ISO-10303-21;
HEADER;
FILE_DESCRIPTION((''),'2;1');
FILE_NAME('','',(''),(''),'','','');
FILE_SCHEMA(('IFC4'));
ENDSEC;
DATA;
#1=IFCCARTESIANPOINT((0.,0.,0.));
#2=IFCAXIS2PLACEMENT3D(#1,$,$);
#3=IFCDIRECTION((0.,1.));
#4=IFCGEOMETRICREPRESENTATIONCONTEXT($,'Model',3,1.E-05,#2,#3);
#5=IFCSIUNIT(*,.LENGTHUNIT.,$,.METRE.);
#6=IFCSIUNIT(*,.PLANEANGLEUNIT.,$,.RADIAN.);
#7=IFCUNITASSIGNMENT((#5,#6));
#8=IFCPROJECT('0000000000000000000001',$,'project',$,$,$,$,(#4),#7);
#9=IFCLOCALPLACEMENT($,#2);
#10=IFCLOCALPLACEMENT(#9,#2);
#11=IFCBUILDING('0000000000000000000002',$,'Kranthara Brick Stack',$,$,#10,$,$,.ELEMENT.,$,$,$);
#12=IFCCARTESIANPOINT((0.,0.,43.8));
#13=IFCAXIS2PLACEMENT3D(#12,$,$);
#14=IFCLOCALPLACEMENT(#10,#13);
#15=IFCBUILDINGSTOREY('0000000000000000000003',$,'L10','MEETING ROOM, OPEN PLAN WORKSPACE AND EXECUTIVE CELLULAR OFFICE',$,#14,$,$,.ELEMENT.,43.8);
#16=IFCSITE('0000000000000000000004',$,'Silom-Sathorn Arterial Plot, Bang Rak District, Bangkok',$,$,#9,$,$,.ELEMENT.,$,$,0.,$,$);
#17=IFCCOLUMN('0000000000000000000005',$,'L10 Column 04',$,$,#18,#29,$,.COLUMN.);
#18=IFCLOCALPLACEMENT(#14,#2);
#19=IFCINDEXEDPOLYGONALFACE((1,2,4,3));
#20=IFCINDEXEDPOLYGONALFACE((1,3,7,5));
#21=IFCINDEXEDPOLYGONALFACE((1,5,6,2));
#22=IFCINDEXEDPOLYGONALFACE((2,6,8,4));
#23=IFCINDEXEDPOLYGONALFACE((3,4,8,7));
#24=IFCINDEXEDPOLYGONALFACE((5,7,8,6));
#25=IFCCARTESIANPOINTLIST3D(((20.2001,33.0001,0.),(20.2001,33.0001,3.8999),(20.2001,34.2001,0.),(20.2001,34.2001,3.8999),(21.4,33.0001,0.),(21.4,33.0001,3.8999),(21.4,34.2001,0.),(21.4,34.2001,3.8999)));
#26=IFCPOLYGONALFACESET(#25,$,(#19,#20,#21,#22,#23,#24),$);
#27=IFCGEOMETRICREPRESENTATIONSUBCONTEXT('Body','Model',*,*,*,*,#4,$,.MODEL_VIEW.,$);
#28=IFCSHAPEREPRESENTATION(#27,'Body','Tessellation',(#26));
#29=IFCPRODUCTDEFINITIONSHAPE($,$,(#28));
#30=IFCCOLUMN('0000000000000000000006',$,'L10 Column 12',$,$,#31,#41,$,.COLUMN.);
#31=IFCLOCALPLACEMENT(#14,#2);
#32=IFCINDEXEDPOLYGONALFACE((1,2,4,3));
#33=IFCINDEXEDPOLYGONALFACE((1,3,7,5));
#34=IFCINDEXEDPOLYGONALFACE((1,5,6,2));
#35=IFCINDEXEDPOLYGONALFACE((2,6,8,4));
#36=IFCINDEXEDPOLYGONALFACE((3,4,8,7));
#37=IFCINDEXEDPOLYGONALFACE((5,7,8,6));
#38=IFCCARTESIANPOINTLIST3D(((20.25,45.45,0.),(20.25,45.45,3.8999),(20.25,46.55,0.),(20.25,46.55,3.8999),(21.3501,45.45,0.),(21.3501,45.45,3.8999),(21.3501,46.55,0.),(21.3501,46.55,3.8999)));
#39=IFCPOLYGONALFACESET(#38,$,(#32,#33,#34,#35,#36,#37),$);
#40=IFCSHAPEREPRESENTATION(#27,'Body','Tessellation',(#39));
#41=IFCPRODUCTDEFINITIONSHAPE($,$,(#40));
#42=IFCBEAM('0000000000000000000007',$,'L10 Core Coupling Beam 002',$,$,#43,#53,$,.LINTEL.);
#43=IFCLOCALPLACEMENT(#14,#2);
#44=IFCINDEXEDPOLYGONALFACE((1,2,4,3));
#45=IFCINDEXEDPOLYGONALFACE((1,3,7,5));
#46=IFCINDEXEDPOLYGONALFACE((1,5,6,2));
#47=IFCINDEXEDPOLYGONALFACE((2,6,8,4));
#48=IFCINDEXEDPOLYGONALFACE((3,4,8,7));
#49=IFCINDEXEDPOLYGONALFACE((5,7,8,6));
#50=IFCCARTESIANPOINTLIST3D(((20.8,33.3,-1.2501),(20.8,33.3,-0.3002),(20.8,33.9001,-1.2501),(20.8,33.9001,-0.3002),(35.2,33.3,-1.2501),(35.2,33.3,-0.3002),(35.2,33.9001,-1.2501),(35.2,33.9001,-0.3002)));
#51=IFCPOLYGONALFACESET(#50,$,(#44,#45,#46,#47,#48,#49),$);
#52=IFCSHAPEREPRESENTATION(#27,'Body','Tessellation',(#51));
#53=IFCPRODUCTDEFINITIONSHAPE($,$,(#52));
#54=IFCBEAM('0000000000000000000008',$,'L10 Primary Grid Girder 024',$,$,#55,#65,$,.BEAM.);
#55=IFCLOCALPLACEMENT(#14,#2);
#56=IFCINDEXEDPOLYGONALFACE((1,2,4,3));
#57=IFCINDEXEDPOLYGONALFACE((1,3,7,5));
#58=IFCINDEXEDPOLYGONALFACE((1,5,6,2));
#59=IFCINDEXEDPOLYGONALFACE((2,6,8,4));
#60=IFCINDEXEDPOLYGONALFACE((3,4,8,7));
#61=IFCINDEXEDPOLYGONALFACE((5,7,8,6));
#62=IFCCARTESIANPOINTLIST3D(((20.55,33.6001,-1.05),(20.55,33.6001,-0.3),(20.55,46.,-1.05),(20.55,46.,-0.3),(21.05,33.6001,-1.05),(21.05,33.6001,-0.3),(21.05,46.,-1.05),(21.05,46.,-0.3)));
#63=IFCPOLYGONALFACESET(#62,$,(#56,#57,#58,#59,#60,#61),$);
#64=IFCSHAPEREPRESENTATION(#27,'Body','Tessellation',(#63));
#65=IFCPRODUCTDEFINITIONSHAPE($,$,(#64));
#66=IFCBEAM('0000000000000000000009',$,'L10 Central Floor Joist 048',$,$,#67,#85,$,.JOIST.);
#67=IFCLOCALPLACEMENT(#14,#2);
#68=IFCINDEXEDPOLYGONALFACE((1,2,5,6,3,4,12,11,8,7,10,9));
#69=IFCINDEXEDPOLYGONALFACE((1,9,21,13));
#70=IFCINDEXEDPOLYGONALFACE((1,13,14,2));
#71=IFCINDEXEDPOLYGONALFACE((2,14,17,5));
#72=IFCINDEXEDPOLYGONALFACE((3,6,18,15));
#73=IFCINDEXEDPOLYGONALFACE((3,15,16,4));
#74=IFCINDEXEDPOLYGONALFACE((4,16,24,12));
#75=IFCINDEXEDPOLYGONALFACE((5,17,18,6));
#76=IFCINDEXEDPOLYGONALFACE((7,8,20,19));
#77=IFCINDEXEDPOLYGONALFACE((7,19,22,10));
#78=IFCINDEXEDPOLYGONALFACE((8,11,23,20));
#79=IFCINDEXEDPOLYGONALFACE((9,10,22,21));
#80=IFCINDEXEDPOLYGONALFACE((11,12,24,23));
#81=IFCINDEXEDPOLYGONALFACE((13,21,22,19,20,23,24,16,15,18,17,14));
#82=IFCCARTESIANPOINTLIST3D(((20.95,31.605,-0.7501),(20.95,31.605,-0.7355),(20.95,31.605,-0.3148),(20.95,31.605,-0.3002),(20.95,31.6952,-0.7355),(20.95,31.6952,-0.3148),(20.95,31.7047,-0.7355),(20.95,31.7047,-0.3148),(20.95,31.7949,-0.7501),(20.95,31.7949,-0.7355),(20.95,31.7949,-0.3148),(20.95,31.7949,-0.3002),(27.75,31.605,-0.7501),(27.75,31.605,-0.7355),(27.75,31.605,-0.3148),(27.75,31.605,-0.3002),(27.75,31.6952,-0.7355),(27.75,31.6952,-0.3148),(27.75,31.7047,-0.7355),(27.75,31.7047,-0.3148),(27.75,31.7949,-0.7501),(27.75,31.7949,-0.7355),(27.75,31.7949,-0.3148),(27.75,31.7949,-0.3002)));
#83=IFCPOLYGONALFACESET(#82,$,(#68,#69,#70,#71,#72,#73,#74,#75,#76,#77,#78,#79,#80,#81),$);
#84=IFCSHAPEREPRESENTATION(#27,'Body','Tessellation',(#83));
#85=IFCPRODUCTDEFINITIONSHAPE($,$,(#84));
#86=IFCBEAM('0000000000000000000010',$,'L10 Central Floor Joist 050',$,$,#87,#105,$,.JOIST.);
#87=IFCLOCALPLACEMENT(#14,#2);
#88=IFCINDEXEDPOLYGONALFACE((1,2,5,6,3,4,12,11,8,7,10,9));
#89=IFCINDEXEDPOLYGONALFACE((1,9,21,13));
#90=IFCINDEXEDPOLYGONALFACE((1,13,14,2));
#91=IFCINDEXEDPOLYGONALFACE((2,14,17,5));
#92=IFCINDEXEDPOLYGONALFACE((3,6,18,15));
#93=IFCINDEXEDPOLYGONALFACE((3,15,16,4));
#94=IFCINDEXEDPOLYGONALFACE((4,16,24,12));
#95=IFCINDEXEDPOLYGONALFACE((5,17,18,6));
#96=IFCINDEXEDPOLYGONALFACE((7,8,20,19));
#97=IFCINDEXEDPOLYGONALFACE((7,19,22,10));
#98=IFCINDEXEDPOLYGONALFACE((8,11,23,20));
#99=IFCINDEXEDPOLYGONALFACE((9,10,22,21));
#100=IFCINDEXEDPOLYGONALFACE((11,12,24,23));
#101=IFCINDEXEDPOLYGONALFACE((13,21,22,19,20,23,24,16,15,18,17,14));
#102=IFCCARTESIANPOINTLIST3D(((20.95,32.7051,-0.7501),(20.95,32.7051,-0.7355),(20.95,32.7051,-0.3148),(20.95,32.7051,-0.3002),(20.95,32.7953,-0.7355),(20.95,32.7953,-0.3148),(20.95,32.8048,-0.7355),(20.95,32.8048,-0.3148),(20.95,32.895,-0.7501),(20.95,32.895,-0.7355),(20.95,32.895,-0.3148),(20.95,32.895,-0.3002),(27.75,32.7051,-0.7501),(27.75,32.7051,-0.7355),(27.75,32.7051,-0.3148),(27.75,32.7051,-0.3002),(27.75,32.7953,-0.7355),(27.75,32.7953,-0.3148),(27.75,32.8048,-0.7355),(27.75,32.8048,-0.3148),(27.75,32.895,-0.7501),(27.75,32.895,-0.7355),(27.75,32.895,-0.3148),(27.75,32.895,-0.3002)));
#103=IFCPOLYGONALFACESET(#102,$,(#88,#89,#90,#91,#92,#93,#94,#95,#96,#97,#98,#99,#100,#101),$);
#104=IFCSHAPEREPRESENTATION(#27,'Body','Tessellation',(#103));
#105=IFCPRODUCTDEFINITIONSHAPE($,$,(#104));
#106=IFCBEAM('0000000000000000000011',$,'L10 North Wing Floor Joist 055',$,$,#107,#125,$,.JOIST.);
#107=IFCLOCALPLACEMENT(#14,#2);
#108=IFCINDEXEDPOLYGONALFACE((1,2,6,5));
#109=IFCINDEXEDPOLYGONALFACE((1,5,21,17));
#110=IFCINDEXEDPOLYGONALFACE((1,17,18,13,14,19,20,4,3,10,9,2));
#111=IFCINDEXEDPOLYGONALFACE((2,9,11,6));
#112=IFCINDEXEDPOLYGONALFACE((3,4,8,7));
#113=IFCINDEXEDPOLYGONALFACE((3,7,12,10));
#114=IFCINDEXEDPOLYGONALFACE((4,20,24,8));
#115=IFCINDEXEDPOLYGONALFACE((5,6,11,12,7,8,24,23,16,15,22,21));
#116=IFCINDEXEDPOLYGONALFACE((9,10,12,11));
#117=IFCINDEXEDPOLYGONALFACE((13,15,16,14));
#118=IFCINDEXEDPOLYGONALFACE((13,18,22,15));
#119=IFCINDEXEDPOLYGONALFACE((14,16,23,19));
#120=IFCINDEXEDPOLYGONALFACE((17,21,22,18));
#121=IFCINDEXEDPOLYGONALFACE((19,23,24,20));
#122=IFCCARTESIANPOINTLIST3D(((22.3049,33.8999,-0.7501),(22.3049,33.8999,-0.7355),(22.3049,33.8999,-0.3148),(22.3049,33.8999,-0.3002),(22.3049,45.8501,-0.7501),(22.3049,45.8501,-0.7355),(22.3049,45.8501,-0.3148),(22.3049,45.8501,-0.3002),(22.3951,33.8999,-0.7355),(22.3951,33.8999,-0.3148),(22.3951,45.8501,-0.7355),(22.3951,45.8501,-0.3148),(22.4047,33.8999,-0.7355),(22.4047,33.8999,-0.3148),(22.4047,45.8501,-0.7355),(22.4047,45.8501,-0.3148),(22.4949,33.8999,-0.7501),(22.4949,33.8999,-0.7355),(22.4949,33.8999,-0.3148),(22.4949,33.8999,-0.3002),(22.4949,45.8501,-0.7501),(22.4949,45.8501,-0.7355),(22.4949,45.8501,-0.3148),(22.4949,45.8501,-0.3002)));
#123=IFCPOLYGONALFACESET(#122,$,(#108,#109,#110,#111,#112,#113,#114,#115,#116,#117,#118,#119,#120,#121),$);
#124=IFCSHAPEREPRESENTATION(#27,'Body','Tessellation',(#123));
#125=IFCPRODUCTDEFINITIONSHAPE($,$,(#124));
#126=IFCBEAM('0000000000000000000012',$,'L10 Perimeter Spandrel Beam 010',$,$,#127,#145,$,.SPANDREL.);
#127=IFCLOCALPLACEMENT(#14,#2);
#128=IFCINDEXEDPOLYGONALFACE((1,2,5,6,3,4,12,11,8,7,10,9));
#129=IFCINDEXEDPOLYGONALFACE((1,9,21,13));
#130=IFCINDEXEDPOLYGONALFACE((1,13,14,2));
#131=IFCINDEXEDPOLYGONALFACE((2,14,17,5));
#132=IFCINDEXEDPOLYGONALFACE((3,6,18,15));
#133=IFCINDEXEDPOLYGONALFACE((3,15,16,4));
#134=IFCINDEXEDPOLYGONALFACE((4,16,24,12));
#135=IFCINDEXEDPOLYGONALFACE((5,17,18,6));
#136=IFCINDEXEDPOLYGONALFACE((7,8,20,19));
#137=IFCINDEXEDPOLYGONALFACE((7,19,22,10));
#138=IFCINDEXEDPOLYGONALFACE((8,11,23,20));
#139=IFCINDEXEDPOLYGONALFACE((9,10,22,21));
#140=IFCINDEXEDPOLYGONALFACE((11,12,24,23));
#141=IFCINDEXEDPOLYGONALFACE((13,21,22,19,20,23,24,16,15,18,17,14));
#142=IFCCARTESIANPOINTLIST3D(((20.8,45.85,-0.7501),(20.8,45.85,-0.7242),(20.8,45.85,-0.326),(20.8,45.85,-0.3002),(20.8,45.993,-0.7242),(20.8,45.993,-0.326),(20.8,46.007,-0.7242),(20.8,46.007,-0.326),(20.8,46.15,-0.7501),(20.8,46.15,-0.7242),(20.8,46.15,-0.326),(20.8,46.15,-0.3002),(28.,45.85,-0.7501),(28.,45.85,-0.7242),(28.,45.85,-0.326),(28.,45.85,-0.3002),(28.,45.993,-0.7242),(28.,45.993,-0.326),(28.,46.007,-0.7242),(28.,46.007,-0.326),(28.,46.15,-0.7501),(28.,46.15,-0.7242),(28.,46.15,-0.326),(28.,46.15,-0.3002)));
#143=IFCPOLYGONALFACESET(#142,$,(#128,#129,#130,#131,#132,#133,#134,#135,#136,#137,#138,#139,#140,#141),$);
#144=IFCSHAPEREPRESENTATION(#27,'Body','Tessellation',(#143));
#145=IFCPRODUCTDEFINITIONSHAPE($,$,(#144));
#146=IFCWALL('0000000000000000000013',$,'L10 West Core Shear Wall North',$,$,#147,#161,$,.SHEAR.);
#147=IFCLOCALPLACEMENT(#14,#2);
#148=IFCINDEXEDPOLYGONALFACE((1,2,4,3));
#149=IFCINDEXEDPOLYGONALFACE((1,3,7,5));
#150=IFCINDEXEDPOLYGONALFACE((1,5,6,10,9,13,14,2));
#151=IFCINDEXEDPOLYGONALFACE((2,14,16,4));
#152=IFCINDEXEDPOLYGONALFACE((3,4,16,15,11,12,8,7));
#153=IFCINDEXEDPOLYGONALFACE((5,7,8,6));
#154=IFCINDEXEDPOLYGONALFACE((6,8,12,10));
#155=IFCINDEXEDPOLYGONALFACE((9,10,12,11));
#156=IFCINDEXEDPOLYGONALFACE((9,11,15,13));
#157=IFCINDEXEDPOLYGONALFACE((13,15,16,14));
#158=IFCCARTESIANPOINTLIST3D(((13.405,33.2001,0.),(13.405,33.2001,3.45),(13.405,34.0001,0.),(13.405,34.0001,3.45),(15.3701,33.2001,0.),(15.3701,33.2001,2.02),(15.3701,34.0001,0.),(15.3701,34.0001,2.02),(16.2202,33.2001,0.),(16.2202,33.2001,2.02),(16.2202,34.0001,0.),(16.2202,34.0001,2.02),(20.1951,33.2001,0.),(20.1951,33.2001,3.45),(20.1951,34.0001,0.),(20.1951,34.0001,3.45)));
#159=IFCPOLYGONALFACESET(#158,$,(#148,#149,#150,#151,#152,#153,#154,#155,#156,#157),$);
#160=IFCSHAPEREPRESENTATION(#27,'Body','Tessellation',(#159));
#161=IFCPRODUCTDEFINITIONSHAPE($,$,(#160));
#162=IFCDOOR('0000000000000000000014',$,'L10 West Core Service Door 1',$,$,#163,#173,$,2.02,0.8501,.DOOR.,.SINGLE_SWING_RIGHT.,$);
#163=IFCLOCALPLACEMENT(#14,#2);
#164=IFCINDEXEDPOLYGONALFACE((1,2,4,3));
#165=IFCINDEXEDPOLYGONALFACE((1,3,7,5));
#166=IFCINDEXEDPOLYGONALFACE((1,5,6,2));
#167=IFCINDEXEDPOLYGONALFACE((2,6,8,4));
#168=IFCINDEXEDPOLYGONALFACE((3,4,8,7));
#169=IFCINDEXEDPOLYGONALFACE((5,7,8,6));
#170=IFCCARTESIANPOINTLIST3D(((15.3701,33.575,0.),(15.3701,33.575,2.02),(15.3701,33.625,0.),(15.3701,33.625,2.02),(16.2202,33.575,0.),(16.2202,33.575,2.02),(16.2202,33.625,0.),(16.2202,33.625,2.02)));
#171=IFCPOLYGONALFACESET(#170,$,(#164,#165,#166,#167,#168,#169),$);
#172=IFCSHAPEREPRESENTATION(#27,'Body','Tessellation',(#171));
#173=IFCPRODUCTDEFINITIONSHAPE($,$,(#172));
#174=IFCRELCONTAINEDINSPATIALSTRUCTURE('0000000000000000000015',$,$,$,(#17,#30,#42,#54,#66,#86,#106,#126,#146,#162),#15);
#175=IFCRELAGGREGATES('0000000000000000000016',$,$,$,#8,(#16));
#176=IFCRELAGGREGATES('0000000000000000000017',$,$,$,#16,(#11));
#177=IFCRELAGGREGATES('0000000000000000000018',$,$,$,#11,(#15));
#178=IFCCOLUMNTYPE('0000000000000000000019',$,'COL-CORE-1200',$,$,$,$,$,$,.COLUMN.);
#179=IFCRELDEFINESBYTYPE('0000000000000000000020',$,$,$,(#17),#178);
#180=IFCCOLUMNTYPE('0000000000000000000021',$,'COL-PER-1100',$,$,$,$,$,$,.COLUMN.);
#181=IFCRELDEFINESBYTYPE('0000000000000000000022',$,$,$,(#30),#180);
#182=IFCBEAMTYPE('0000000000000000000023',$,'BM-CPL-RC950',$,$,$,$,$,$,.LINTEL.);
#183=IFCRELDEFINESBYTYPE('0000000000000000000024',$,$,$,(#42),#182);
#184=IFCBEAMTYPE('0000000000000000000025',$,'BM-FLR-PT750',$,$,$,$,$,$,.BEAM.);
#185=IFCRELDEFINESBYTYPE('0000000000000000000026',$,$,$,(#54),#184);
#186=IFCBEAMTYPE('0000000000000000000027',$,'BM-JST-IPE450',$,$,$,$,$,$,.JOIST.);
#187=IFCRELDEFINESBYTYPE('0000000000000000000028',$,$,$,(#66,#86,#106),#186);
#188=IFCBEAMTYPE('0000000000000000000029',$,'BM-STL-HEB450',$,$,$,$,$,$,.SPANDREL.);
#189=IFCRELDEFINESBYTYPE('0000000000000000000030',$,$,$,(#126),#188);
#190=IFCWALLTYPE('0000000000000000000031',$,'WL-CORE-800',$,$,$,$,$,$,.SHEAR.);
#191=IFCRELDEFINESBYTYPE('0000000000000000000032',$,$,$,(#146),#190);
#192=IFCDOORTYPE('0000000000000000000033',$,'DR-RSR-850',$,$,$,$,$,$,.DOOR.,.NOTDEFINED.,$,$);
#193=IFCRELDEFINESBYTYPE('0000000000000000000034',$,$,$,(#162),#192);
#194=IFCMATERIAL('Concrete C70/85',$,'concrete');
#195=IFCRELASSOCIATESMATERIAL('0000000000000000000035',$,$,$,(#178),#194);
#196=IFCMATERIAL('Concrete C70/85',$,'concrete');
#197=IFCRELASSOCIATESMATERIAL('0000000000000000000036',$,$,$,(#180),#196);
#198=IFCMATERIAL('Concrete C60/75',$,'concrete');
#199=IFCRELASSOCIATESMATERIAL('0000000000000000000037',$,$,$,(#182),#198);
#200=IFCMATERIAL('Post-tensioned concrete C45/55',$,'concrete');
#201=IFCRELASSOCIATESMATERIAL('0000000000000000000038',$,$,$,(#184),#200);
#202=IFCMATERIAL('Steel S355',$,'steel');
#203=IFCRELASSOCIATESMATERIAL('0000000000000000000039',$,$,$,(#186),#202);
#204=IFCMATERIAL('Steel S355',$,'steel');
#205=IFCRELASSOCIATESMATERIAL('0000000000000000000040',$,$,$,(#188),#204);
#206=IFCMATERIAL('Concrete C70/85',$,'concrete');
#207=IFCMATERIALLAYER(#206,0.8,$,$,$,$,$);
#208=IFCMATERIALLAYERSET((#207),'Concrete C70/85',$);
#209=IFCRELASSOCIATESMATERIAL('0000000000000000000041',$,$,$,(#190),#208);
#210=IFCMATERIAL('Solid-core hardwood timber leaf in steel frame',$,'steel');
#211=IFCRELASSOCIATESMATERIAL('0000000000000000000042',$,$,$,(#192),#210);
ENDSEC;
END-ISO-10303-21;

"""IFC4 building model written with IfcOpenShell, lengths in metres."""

from ifc_helpers import new_model, si_unit, direction, frame, frame_2d, origin, origin_2d, place, context, subcontext, project, spatial, rectangle, i_section, extrude, material, layer, layer_set, material_profile, profile_set, type_object, element, fill, save


model = new_model("IFC4")

# Units and contexts
model_context = context("Model", 3, precision=1e-05, world=origin(), true_north=direction((0.0, 1.0)))
body_context = subcontext(model_context, "Body", "Model", "MODEL_VIEW")
ifc_project = project(units=[si_unit("LENGTHUNIT", "METRE"), si_unit("PLANEANGLEUNIT", "RADIAN")], contexts=[model_context])

# Site, building, storey
site_placement = place(None, origin())
site = spatial("IfcSite", under=ifc_project, at=site_placement, Name="Silom-Sathorn Arterial Plot, Bang Rak District, Bangkok", CompositionType="ELEMENT", RefElevation=0.0)
building_placement = place(site_placement, origin())
building = spatial("IfcBuilding", under=site, at=building_placement, Name="Kranthara Brick Stack", CompositionType="ELEMENT")
storey_placement = place(building_placement, frame((0.0, 0.0, 43.8)))
storey = spatial("IfcBuildingStorey", under=building, at=storey_placement, Name="L10", Description="MEETING ROOM, OPEN PLAN WORKSPACE AND EXECUTIVE CELLULAR OFFICE", CompositionType="ELEMENT", Elevation=43.8)

# Columns
ifc_material_1 = material(Name="Concrete C70/85", Category="concrete")
ifc_material_profile_1 = material_profile(ifc_material_1, rectangle(XDim=1.2, YDim=1.2, at=origin_2d()), Name="RC 1200x1200")
ifc_profile_set_1 = profile_set([ifc_material_profile_1], Name="Concrete C70/85")
column_type_1 = type_object("IfcColumnType", Name="COL-CORE-1200", PredefinedType="COLUMN", material=ifc_profile_set_1)
column_1_placement = place(storey_placement, frame((20.8, 33.6001, 0.0), z_axis=(0.0, 0.0, 1.0), x_axis=(1.0, 0.0, 0.0)))
element("IfcColumn", 1, at=column_1_placement, inside=storey, type_object=column_type_1, Name="L10 Column 04", PredefinedType="COLUMN", context=body_context, shape_type="SweptSolid", body=[
    extrude(rectangle(XDim=1.2, YDim=1.2, at=origin_2d()), origin(), (0.0, 0.0, 1.0), 3.8999),
])
ifc_material_2 = material(Name="Concrete C70/85", Category="concrete")
ifc_material_profile_2 = material_profile(ifc_material_2, rectangle(XDim=1.1001, YDim=1.1001, at=origin_2d()), Name="RC 1100x1100")
ifc_profile_set_2 = profile_set([ifc_material_profile_2], Name="Concrete C70/85")
column_type_2 = type_object("IfcColumnType", Name="COL-PER-1100", PredefinedType="COLUMN", material=ifc_profile_set_2)
column_2_placement = place(storey_placement, frame((20.8, 46.0, 0.0), z_axis=(0.0, 0.0, 1.0), x_axis=(1.0, 0.0, 0.0)))
element("IfcColumn", 2, at=column_2_placement, inside=storey, type_object=column_type_2, Name="L10 Column 12", PredefinedType="COLUMN", context=body_context, shape_type="SweptSolid", body=[
    extrude(rectangle(XDim=1.1001, YDim=1.1001, at=origin_2d()), origin(), (0.0, 0.0, 1.0), 3.8999),
])

# Beams
ifc_material_3 = material(Name="Concrete C60/75", Category="concrete")
ifc_material_profile_3 = material_profile(ifc_material_3, rectangle(XDim=0.6001, YDim=0.95, at=origin_2d()), Name="RC 600x950")
ifc_profile_set_3 = profile_set([ifc_material_profile_3], Name="Concrete C60/75")
beam_type_1 = type_object("IfcBeamType", Name="BM-CPL-RC950", PredefinedType="LINTEL", material=ifc_profile_set_3)
beam_1_placement = place(storey_placement, frame((20.8, 33.6001, -0.7751), z_axis=(1.0, 0.0, 0.0), x_axis=(0.0, 1.0, 0.0)))
element("IfcBeam", 3, at=beam_1_placement, inside=storey, type_object=beam_type_1, Name="L10 Core Coupling Beam 002", PredefinedType="LINTEL", context=body_context, shape_type="SweptSolid", body=[
    extrude(rectangle(XDim=0.6001, YDim=0.95, at=origin_2d()), origin(), (0.0, 0.0, 1.0), 14.3999),
])
ifc_material_4 = material(Name="Post-tensioned concrete C45/55", Category="concrete")
ifc_material_profile_4 = material_profile(ifc_material_4, rectangle(XDim=0.5, YDim=0.75, at=origin_2d()), Name="PT 500x750")
ifc_profile_set_4 = profile_set([ifc_material_profile_4], Name="Post-tensioned concrete C45/55")
beam_type_2 = type_object("IfcBeamType", Name="BM-FLR-PT750", PredefinedType="BEAM", material=ifc_profile_set_4)
beam_2_placement = place(storey_placement, frame((20.8, 33.6001, -0.675), z_axis=(0.0, 1.0, 0.0), x_axis=(-1.0, 0.0, 0.0)))
element("IfcBeam", 4, at=beam_2_placement, inside=storey, type_object=beam_type_2, Name="L10 Primary Grid Girder 024", PredefinedType="BEAM", context=body_context, shape_type="SweptSolid", body=[
    extrude(rectangle(XDim=0.5, YDim=0.75, at=origin_2d()), origin(), (0.0, 0.0, 1.0), 12.3999),
])
ifc_material_5 = material(Name="Steel S355", Category="steel")
ifc_material_profile_5 = material_profile(ifc_material_5, i_section(OverallWidth=0.1899, OverallDepth=0.45, WebThickness=0.0095, FlangeThickness=0.0146, at=origin_2d()), Name="IPE 450")
ifc_profile_set_5 = profile_set([ifc_material_profile_5], Name="Steel S355")
beam_type_3 = type_object("IfcBeamType", Name="BM-JST-IPE450", PredefinedType="JOIST", material=ifc_profile_set_5)
for number, where, z_axis, x_axis, name in (
    (5, (20.95, 31.7, -0.5251), (1.0, 0.0, 0.0), (0.0, 1.0, 0.0), "L10 Central Floor Joist 048"),
    (6, (20.95, 32.8, -0.5251), (1.0, 0.0, 0.0), (0.0, 1.0, 0.0), "L10 Central Floor Joist 050"),
):
    element("IfcBeam", number, at=place(storey_placement, frame(where, z_axis=z_axis, x_axis=x_axis)), inside=storey, type_object=beam_type_3, Name=name, PredefinedType="JOIST", context=body_context, shape_type="SweptSolid", body=[
        extrude(i_section(OverallWidth=0.1899, OverallDepth=0.45, WebThickness=0.0095, FlangeThickness=0.0146, at=origin_2d()), origin(), (0.0, 0.0, 1.0), 6.8),
    ])
beam_3_placement = place(storey_placement, frame((22.3999, 33.8999, -0.5251), z_axis=(0.0, 1.0, 0.0), x_axis=(-1.0, 0.0, 0.0)))
element("IfcBeam", 7, at=beam_3_placement, inside=storey, type_object=beam_type_3, Name="L10 North Wing Floor Joist 055", PredefinedType="JOIST", context=body_context, shape_type="SweptSolid", body=[
    extrude(i_section(OverallWidth=0.1899, OverallDepth=0.45, WebThickness=0.0095, FlangeThickness=0.0146, at=origin_2d()), origin(), (0.0, 0.0, 1.0), 11.9502),
])
ifc_material_6 = material(Name="Steel S355", Category="steel")
ifc_material_profile_6 = material_profile(ifc_material_6, i_section(OverallWidth=0.3, OverallDepth=0.45, WebThickness=0.0139, FlangeThickness=0.0259, at=origin_2d()), Name="HEB 450")
ifc_profile_set_6 = profile_set([ifc_material_profile_6], Name="Steel S355")
beam_type_4 = type_object("IfcBeamType", Name="BM-STL-HEB450", PredefinedType="SPANDREL", material=ifc_profile_set_6)
beam_4_placement = place(storey_placement, frame((20.8, 46.0, -0.5251), z_axis=(1.0, 0.0, 0.0), x_axis=(0.0, 1.0, 0.0)))
element("IfcBeam", 8, at=beam_4_placement, inside=storey, type_object=beam_type_4, Name="L10 Perimeter Spandrel Beam 010", PredefinedType="SPANDREL", context=body_context, shape_type="SweptSolid", body=[
    extrude(i_section(OverallWidth=0.3, OverallDepth=0.45, WebThickness=0.0139, FlangeThickness=0.0259, at=origin_2d()), origin(), (0.0, 0.0, 1.0), 7.2),
])

# Wall, opening, door
ifc_material_7 = material(Name="Concrete C70/85", Category="concrete")
ifc_layer_1 = layer(ifc_material_7, 0.8)
ifc_layer_set_1 = layer_set([ifc_layer_1], Name="Concrete C70/85")
wall_type_1 = type_object("IfcWallType", Name="WL-CORE-800", PredefinedType="SHEAR", material=ifc_layer_set_1)
wall_1_placement = place(storey_placement, frame((13.405, 33.6001, 0.0), z_axis=(0.0, 0.0, 1.0), x_axis=(1.0, 0.0, 0.0)))
wall_1 = element("IfcWall", 9, at=wall_1_placement, inside=storey, type_object=wall_type_1, Name="L10 West Core Shear Wall North", PredefinedType="SHEAR", context=body_context, shape_type="SweptSolid", body=[
    extrude(rectangle(XDim=6.79, YDim=0.8, at=frame_2d((3.395, 0.0))), origin(), (0.0, 0.0, 1.0), 3.45),
])
opening_placement = place(wall_1_placement, frame((1.9651, 0.0, 0.0)))
opening = element("IfcOpeningElement", 10, at=opening_placement, cuts=wall_1, PredefinedType="OPENING", context=body_context, shape_type="SweptSolid", body=[
    extrude(rectangle(XDim=0.8501, YDim=2.02, at=frame_2d((0.425, 1.01))), frame((0.0, 0.4099, 0.0), z_axis=(0.0, -1.0, 0.0), x_axis=(1.0, 0.0, 0.0)), (0.0, 0.0, 1.0), 0.8201),
])
ifc_material_8 = material(Name="Solid-core hardwood timber leaf in steel frame", Category="steel")
door_type = type_object("IfcDoorType", Name="DR-RSR-850", OperationType="NOTDEFINED", PredefinedType="DOOR", material=ifc_material_8)
door_placement = place(opening_placement, origin())
door = element("IfcDoor", 11, at=door_placement, inside=storey, type_object=door_type, Name="L10 West Core Service Door 1", OperationType="SINGLE_SWING_RIGHT", OverallHeight=2.02, OverallWidth=0.8501, PredefinedType="DOOR", context=body_context, shape_type="SweptSolid", body=[
    extrude(rectangle(XDim=0.8501, YDim=2.02, at=frame_2d((0.425, 1.01))), frame((0.0, 0.0249, 0.0), z_axis=(0.0, -1.0, 0.0), x_axis=(1.0, 0.0, 0.0)), (0.0, 0.0, 1.0), 0.05),
])
fill(opening, door)

save(model, "model.ifc")
